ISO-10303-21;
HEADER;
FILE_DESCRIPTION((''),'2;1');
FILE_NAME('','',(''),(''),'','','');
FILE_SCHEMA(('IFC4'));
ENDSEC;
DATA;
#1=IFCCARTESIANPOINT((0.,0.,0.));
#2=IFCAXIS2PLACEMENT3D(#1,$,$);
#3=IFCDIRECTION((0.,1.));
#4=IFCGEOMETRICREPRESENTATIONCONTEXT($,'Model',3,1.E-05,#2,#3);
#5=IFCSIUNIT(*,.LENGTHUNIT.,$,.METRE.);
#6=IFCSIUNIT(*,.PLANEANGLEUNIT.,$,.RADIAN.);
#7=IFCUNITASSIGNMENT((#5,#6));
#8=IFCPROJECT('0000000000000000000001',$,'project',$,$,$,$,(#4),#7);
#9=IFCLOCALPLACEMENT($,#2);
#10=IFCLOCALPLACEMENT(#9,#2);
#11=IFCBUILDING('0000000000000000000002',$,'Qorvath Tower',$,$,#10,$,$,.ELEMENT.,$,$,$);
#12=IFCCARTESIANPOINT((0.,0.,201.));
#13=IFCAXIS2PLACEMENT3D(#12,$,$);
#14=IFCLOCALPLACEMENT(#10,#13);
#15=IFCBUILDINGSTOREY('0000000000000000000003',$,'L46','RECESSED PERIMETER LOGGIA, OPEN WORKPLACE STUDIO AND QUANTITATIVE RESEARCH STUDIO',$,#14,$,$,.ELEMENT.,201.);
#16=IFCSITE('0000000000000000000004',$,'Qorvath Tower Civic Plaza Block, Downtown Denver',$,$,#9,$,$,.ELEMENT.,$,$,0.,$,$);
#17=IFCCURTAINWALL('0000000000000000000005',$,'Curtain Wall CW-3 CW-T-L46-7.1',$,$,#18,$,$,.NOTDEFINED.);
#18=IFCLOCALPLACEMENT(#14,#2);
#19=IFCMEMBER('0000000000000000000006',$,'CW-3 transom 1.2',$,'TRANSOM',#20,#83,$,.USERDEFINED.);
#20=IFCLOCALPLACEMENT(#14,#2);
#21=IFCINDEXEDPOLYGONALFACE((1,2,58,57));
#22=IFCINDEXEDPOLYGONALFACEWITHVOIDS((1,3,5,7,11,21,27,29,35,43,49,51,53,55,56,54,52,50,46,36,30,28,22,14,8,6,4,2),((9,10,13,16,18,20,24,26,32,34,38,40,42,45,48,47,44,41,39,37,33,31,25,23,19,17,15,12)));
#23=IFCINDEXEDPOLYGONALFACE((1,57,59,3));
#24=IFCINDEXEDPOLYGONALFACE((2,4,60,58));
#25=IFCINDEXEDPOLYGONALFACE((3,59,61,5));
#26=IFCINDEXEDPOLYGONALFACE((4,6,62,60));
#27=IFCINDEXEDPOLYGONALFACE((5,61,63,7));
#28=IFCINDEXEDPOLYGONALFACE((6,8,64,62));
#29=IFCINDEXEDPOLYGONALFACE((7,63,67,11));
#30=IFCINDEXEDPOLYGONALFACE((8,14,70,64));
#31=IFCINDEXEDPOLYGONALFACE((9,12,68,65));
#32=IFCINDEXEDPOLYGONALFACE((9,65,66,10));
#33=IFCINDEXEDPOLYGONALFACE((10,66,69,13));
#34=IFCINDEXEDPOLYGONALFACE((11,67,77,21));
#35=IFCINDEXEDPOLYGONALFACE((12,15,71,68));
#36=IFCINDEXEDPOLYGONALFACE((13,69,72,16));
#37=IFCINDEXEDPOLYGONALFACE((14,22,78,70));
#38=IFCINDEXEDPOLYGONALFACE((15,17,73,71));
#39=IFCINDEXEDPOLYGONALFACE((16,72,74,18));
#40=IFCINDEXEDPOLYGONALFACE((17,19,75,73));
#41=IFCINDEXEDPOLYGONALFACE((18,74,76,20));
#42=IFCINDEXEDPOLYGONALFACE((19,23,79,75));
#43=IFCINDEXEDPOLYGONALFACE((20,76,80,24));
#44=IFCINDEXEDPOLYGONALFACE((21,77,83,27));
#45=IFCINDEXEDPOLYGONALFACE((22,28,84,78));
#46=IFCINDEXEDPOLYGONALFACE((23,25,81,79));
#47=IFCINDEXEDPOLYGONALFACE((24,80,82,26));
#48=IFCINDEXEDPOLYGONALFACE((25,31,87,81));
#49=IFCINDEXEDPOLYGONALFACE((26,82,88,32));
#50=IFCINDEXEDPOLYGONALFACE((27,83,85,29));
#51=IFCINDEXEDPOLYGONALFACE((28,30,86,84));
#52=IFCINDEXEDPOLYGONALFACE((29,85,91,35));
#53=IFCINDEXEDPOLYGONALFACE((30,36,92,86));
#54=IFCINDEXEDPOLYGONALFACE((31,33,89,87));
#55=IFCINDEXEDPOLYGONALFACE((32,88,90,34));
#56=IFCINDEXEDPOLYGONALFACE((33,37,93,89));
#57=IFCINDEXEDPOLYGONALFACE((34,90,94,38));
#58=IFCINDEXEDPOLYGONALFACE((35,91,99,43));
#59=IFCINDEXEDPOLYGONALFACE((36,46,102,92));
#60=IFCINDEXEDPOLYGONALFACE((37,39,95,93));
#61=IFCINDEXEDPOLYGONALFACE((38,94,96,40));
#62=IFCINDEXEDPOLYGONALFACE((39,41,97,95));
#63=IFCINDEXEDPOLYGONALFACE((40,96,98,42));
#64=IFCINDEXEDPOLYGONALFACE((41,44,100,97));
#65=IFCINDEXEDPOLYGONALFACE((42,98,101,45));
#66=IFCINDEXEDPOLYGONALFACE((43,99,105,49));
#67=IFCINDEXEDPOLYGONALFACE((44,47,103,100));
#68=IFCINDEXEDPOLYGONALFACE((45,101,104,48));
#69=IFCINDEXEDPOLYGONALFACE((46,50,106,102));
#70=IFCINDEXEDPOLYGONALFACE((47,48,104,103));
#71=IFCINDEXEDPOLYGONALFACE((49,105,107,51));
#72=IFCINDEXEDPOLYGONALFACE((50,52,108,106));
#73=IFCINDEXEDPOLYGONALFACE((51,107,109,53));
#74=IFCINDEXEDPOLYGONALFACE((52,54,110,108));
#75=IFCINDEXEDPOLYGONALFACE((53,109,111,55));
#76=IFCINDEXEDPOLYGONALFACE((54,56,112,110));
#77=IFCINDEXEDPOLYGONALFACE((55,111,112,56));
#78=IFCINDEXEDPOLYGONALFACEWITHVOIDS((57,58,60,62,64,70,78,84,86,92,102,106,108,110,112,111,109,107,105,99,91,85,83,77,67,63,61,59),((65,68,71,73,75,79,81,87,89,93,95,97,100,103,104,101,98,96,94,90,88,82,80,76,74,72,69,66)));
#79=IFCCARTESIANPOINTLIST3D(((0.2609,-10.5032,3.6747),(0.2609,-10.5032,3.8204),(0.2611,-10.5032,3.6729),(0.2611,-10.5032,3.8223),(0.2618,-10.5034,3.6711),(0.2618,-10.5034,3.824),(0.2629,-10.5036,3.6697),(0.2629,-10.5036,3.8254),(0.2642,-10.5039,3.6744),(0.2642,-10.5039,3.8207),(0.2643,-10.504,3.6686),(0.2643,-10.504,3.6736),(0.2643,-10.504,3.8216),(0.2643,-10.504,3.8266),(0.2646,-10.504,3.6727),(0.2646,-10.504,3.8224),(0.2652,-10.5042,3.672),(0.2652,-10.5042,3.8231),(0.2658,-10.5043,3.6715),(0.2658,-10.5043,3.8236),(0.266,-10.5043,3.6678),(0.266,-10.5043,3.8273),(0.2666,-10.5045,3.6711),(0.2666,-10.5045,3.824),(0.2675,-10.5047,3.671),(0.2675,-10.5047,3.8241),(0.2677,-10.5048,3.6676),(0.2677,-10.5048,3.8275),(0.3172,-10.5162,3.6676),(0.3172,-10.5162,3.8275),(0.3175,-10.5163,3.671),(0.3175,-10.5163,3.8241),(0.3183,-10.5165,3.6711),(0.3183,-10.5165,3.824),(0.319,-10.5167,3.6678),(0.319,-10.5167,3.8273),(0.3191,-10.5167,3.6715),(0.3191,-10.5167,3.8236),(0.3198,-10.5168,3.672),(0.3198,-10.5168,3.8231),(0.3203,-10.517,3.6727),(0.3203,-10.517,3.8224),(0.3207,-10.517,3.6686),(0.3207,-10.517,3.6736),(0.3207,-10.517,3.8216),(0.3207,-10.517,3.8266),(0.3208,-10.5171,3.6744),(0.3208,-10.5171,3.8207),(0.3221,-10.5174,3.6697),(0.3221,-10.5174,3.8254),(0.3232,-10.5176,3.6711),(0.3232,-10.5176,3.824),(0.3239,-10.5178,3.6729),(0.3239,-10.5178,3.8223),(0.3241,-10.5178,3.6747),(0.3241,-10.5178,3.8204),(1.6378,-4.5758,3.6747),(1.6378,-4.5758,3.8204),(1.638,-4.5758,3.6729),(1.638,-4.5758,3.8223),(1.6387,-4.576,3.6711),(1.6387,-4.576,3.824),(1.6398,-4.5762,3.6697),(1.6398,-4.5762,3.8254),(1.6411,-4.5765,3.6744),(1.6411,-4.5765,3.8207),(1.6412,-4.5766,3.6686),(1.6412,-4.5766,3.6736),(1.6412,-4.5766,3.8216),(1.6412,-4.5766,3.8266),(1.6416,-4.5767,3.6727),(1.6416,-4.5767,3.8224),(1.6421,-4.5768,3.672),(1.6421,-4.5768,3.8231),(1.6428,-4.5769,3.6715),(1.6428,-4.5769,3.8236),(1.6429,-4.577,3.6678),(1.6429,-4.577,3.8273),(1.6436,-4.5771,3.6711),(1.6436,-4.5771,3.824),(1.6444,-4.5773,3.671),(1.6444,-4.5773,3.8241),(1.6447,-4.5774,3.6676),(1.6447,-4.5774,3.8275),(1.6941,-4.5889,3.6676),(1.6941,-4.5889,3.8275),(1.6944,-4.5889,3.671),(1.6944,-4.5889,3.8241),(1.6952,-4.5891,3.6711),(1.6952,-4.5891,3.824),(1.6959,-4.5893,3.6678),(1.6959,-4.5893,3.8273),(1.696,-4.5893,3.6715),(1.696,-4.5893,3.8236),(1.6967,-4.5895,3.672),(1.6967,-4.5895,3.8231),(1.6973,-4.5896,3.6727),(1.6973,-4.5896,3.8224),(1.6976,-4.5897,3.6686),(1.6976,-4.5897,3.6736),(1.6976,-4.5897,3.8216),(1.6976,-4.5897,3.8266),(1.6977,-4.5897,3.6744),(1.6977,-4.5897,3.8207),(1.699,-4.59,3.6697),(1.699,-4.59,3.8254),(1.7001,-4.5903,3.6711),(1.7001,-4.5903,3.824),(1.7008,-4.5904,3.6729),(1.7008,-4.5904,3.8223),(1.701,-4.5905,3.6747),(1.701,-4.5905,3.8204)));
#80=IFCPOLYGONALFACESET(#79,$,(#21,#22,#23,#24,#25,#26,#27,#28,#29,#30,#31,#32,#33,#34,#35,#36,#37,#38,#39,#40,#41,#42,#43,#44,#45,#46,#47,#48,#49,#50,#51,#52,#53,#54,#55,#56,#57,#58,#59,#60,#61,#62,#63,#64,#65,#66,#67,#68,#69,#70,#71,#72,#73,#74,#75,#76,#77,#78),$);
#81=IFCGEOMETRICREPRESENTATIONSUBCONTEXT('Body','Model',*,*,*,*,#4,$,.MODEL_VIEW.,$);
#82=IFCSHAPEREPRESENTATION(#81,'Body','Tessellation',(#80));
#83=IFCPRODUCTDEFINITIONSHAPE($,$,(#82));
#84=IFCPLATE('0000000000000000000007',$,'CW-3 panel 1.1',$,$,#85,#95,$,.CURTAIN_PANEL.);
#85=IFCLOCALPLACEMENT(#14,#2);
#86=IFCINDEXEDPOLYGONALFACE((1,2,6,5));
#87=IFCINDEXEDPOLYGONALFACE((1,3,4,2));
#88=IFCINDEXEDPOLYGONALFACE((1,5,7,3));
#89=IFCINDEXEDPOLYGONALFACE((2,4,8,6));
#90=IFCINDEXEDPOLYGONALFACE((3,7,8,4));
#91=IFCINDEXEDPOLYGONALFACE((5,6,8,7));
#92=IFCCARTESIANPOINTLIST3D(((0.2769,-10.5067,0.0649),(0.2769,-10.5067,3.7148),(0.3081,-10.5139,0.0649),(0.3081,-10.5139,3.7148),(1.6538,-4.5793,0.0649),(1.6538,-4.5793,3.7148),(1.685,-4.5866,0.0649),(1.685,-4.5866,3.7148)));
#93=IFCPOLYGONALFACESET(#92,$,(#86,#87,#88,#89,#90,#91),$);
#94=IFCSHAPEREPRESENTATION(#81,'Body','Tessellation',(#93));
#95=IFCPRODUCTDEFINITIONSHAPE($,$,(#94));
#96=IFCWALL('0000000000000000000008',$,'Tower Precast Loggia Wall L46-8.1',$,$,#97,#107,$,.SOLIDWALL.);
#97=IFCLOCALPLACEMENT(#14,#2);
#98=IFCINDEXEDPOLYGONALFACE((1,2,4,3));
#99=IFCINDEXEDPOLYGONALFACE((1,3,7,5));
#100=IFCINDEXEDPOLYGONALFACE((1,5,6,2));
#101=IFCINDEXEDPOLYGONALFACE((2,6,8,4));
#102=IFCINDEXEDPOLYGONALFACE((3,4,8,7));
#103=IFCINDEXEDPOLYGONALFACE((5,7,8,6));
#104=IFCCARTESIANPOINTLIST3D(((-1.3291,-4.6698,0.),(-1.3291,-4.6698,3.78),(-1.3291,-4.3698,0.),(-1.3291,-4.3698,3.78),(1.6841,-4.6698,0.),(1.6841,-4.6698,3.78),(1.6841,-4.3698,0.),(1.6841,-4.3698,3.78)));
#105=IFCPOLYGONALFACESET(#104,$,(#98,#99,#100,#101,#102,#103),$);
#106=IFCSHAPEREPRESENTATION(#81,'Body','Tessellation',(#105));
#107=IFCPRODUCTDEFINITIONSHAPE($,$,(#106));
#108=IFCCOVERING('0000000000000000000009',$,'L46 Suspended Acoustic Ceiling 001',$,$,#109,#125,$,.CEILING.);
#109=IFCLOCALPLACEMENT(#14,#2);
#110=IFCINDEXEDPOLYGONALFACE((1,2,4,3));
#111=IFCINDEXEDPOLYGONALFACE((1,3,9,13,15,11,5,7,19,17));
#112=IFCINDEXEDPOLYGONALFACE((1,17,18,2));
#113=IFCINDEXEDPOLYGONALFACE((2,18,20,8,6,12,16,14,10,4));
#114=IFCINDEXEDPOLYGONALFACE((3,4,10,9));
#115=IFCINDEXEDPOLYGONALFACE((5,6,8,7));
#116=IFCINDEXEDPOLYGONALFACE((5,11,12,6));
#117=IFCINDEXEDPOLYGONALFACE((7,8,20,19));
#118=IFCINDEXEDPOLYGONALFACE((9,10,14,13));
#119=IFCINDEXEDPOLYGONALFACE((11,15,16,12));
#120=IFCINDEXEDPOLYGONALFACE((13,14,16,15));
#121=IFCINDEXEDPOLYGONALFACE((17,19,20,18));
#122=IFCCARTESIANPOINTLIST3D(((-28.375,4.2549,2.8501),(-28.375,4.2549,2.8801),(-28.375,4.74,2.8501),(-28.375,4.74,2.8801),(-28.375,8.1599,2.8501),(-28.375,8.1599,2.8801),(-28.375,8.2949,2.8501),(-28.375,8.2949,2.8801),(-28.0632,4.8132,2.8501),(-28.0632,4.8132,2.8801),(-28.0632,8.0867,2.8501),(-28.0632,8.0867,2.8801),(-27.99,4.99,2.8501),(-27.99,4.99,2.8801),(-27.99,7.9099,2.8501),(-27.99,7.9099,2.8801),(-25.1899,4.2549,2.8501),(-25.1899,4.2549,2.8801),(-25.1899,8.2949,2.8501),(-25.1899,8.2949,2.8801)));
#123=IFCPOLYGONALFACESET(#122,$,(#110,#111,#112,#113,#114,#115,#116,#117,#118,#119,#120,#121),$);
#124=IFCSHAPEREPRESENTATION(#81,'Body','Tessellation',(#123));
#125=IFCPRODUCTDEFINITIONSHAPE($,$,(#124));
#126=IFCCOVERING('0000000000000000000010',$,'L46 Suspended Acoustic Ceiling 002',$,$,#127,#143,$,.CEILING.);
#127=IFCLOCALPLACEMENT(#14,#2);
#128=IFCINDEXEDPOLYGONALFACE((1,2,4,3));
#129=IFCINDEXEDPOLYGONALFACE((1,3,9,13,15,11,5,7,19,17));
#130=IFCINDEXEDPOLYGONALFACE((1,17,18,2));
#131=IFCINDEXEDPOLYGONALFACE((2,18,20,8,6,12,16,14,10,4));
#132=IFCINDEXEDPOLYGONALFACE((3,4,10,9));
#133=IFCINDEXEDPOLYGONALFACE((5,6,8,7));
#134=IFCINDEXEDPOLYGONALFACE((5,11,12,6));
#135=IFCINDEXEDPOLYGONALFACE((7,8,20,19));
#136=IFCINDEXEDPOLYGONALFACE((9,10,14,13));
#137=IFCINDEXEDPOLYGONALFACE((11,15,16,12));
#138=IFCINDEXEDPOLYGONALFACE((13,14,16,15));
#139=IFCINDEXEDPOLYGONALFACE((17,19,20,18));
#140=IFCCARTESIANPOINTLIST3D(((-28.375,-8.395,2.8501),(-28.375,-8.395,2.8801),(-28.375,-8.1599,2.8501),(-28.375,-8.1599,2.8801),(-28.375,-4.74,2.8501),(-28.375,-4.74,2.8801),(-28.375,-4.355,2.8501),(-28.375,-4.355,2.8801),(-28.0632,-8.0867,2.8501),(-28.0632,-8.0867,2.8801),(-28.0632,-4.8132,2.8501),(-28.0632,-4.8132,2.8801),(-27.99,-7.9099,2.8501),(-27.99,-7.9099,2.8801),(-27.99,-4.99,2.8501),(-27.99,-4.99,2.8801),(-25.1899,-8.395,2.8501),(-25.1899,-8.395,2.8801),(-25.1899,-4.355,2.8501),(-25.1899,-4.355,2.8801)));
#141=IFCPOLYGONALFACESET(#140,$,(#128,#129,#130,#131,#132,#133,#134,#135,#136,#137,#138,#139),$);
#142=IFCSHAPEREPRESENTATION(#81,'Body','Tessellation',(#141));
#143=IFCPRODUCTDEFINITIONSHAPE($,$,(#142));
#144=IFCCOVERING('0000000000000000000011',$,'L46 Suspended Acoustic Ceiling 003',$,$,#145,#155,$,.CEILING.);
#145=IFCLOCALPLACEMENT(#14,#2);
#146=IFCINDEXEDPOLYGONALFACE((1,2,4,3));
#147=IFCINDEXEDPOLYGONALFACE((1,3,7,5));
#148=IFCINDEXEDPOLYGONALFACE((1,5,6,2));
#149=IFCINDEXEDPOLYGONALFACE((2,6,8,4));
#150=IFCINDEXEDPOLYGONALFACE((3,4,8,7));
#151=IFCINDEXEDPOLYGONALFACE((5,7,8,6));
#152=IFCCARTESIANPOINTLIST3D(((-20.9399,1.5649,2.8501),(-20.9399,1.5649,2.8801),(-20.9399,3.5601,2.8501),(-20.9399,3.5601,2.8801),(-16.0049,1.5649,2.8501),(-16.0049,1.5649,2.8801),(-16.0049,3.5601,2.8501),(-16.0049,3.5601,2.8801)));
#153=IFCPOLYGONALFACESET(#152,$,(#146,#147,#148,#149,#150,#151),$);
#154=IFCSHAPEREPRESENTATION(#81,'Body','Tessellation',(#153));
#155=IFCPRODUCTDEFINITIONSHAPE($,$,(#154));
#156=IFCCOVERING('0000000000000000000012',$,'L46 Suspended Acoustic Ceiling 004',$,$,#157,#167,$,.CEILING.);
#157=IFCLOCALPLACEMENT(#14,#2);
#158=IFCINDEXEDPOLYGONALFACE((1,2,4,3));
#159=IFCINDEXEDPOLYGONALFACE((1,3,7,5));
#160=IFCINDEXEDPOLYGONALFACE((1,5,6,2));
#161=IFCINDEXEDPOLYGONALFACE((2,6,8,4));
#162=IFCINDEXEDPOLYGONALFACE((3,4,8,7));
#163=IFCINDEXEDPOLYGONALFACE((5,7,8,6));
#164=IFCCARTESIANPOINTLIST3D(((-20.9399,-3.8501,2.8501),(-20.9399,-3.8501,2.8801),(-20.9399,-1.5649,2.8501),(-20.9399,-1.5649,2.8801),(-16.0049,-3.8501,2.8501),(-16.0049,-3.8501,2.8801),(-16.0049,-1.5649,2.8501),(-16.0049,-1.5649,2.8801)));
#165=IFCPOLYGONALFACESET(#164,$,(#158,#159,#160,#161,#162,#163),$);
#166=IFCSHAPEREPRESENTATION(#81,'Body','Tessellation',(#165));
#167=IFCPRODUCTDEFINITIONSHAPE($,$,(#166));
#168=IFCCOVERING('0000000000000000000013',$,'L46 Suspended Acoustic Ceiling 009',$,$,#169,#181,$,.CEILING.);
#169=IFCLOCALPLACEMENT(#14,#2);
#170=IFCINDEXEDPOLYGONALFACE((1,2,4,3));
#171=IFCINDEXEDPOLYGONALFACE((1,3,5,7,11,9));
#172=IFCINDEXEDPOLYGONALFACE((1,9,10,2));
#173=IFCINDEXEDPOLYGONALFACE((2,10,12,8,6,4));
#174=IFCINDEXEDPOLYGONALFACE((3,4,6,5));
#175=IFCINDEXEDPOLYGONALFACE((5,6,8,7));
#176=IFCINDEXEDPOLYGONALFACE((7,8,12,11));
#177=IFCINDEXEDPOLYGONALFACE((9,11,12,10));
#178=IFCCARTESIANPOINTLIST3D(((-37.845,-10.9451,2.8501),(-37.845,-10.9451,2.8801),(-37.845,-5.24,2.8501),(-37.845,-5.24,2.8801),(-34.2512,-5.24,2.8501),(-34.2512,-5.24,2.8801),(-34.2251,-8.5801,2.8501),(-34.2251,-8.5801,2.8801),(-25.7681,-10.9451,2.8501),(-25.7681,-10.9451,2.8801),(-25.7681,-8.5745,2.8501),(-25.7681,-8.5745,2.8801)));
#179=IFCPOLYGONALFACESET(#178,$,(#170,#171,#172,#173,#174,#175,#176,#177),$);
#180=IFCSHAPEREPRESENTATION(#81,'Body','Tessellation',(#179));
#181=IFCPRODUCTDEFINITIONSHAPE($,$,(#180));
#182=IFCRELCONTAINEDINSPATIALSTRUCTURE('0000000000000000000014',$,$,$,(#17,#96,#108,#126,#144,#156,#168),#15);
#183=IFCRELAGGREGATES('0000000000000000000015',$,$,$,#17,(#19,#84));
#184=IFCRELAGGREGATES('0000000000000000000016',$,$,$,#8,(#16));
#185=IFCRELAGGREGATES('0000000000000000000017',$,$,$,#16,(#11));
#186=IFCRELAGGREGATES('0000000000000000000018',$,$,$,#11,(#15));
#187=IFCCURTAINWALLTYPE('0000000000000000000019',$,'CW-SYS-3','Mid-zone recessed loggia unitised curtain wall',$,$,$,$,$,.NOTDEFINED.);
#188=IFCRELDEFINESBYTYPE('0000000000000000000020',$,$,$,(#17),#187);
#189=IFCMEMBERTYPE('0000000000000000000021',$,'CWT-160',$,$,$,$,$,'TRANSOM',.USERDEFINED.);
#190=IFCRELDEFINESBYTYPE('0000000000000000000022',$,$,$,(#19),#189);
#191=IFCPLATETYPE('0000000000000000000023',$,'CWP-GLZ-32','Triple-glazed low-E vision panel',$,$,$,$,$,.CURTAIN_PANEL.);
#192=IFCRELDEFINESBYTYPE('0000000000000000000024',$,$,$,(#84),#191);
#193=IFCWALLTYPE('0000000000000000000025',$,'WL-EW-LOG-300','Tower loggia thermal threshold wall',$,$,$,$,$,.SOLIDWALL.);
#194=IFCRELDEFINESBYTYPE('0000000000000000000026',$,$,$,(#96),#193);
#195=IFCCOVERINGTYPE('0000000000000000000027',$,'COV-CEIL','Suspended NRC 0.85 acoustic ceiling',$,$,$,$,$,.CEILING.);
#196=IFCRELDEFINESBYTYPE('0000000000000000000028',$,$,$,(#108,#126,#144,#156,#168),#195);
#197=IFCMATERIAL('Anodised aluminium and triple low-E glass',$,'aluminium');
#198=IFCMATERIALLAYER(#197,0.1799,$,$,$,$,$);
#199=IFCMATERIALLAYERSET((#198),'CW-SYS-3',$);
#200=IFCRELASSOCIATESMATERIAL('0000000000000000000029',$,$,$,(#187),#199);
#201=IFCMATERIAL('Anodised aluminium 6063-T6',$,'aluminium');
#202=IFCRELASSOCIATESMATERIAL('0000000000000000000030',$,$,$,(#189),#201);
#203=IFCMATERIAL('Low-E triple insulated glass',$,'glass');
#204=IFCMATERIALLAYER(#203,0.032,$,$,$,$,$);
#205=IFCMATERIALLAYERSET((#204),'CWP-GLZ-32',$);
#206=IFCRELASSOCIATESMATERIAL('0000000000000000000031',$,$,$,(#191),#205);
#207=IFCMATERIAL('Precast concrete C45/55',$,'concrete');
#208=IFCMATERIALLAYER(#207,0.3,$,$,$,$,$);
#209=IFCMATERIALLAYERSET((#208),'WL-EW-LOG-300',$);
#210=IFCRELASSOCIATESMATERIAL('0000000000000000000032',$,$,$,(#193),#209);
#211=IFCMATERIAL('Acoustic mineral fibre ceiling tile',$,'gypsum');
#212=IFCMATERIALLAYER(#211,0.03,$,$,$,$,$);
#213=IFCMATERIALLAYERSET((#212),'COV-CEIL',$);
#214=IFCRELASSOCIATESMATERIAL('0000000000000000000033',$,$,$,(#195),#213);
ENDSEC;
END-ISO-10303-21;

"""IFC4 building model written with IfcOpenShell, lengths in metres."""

from ifc_helpers import new_model, si_unit, direction, frame, frame_2d, origin, origin_2d, place, context, subcontext, project, spatial, polyline, rectangle, hollow_rectangle, outline, extrude, material, layer, layer_set, material_profile, profile_set, type_object, element, aggregate, save


model = new_model("IFC4")

# Units and contexts
model_context = context("Model", 3, precision=1e-05, world=origin(), true_north=direction((0.0, 1.0)))
body_context = subcontext(model_context, "Body", "Model", "MODEL_VIEW")
ifc_project = project(units=[si_unit("LENGTHUNIT", "METRE"), si_unit("PLANEANGLEUNIT", "RADIAN")], contexts=[model_context])

# Site, building, storey
site_placement = place(None, origin())
site = spatial("IfcSite", under=ifc_project, at=site_placement, Name="Qorvath Tower Civic Plaza Block, Downtown Denver", CompositionType="ELEMENT", RefElevation=0.0)
building_placement = place(site_placement, origin())
building = spatial("IfcBuilding", under=site, at=building_placement, Name="Qorvath Tower", CompositionType="ELEMENT")
storey_placement = place(building_placement, frame((0.0, 0.0, 201.0)))
storey = spatial("IfcBuildingStorey", under=building, at=storey_placement, Name="L46", Description="RECESSED PERIMETER LOGGIA, OPEN WORKPLACE STUDIO AND QUANTITATIVE RESEARCH STUDIO", CompositionType="ELEMENT", Elevation=201.0)

# Curtain wall, member, plate
ifc_material_1 = material(Name="Anodised aluminium and triple low-E glass", Category="aluminium")
ifc_layer_1 = layer(ifc_material_1, 0.1799)
ifc_layer_set_1 = layer_set([ifc_layer_1], Name="CW-SYS-3")
curtain_wall_type = type_object("IfcCurtainWallType", Name="CW-SYS-3", Description="Mid-zone recessed loggia unitised curtain wall", PredefinedType="NOTDEFINED", material=ifc_layer_set_1)
curtain_wall_placement = place(storey_placement, origin())
curtain_wall = element("IfcCurtainWall", 1, at=curtain_wall_placement, inside=storey, type_object=curtain_wall_type, Name="Curtain Wall CW-3 CW-T-L46-7.1", PredefinedType="NOTDEFINED")
ifc_material_2 = material(Name="Anodised aluminium 6063-T6", Category="aluminium")
ifc_material_profile_1 = material_profile(ifc_material_2, hollow_rectangle(XDim=0.0649, YDim=0.1599, WallThickness=0.0034, InnerFilletRadius=0.0034, OuterFilletRadius=0.0071, at=origin_2d()), Name="CWT 160x65")
ifc_profile_set_1 = profile_set([ifc_material_profile_1], Name="Anodised aluminium 6063-T6")
member_type_1 = type_object("IfcMemberType", Name="CWT-160", ElementType="TRANSOM", PredefinedType="USERDEFINED", material=ifc_profile_set_1)
member_1_placement = place(storey_placement, frame((0.2925, -10.5105, 3.7476), z_axis=(0.226274, 0.974064, 0.0), x_axis=(-0.974064, 0.226274, 0.0)))
member_1 = element("IfcMember", 2, at=member_1_placement, type_object=member_type_1, Name="CW-3 transom 1.2", ObjectType="TRANSOM", PredefinedType="USERDEFINED", context=body_context, shape_type="SweptSolid", body=[
    extrude(hollow_rectangle(XDim=0.0649, YDim=0.1599, WallThickness=0.0034, InnerFilletRadius=0.0034, OuterFilletRadius=0.0071, at=origin_2d()), origin(), (0.0, 0.0, 1.0), 6.0852),
])
ifc_material_3 = material(Name="Low-E triple insulated glass", Category="glass")
ifc_layer_2 = layer(ifc_material_3, 0.032)
ifc_layer_set_2 = layer_set([ifc_layer_2], Name="CWP-GLZ-32")
plate_type = type_object("IfcPlateType", Name="CWP-GLZ-32", Description="Triple-glazed low-E vision panel", PredefinedType="CURTAIN_PANEL", material=ifc_layer_set_2)
plate_placement = place(storey_placement, frame((0.981, -7.5466, 0.0649), z_axis=(0.0, 0.0, 1.0), x_axis=(0.226272, 0.974064, 0.0)))
plate = element("IfcPlate", 3, at=plate_placement, type_object=plate_type, Name="CW-3 panel 1.1", PredefinedType="CURTAIN_PANEL", context=body_context, shape_type="SweptSolid", body=[
    extrude(rectangle(XDim=6.0852, YDim=0.032, at=origin_2d()), origin(), (0.0, 0.0, 1.0), 3.6499),
])
aggregate(curtain_wall, [member_1, plate])

# Wall
ifc_material_4 = material(Name="Precast concrete C45/55", Category="concrete")
ifc_layer_3 = layer(ifc_material_4, 0.3)
ifc_layer_set_3 = layer_set([ifc_layer_3], Name="WL-EW-LOG-300")
wall_type = type_object("IfcWallType", Name="WL-EW-LOG-300", Description="Tower loggia thermal threshold wall", PredefinedType="SOLIDWALL", material=ifc_layer_set_3)
wall_placement = place(storey_placement, frame((1.6841, -4.5198, 0.0), z_axis=(0.0, 0.0, 1.0), x_axis=(-1.0, 0.0, 0.0)))
element("IfcWall", 4, at=wall_placement, inside=storey, type_object=wall_type, Name="Tower Precast Loggia Wall L46-8.1", PredefinedType="SOLIDWALL", context=body_context, shape_type="SweptSolid", body=[
    extrude(rectangle(XDim=3.0132, YDim=0.3, at=frame_2d((1.5066, 0.0))), origin(), (0.0, 0.0, 1.0), 3.78),
])

# Coverings
ifc_material_5 = material(Name="Acoustic mineral fibre ceiling tile", Category="gypsum")
ifc_layer_4 = layer(ifc_material_5, 0.03)
ifc_layer_set_4 = layer_set([ifc_layer_4], Name="COV-CEIL")
covering_type_1 = type_object("IfcCoveringType", Name="COV-CEIL", Description="Suspended NRC 0.85 acoustic ceiling", PredefinedType="CEILING", material=ifc_layer_set_4)
covering_1_placement = place(storey_placement, frame((0.0, 0.0, 2.8501)))
element("IfcCovering", 5, at=covering_1_placement, inside=storey, type_object=covering_type_1, Name="L46 Suspended Acoustic Ceiling 001", PredefinedType="CEILING", context=body_context, shape_type="SweptSolid", body=[
    extrude(outline(polyline([(-25.1899, 4.2549), (-25.1899, 8.2949), (-28.375, 8.2949), (-28.375, 8.1599), (-28.0632, 8.0867), (-27.99, 7.9099), (-27.99, 4.99), (-28.0632, 4.8132), (-28.375, 4.74), (-28.375, 4.2549), (-25.1899, 4.2549)])), origin(), (0.0, 0.0, 1.0), 0.03),
])
covering_2_placement = place(storey_placement, frame((0.0, 0.0, 2.8501)))
element("IfcCovering", 6, at=covering_2_placement, inside=storey, type_object=covering_type_1, Name="L46 Suspended Acoustic Ceiling 002", PredefinedType="CEILING", context=body_context, shape_type="SweptSolid", body=[
    extrude(outline(polyline([(-25.1899, -8.395), (-25.1899, -4.355), (-28.375, -4.355), (-28.375, -4.74), (-28.0632, -4.8132), (-27.99, -4.99), (-27.99, -7.9099), (-28.0632, -8.0867), (-28.375, -8.1599), (-28.375, -8.395), (-25.1899, -8.395)])), origin(), (0.0, 0.0, 1.0), 0.03),
])
covering_3_placement = place(storey_placement, frame((0.0, 0.0, 2.8501)))
element("IfcCovering", 7, at=covering_3_placement, inside=storey, type_object=covering_type_1, Name="L46 Suspended Acoustic Ceiling 003", PredefinedType="CEILING", context=body_context, shape_type="SweptSolid", body=[
    extrude(outline(polyline([(-16.0049, 3.5601), (-20.9399, 3.5601), (-20.9399, 1.5649), (-16.0049, 1.5649), (-16.0049, 3.5601)])), origin(), (0.0, 0.0, 1.0), 0.03),
])
covering_4_placement = place(storey_placement, frame((0.0, 0.0, 2.8501)))
element("IfcCovering", 8, at=covering_4_placement, inside=storey, type_object=covering_type_1, Name="L46 Suspended Acoustic Ceiling 004", PredefinedType="CEILING", context=body_context, shape_type="SweptSolid", body=[
    extrude(outline(polyline([(-20.9399, -1.5649), (-20.9399, -3.8501), (-16.0049, -3.8501), (-16.0049, -1.5649), (-20.9399, -1.5649)])), origin(), (0.0, 0.0, 1.0), 0.03),
])
covering_5_placement = place(storey_placement, frame((0.0, 0.0, 2.8501)))
element("IfcCovering", 9, at=covering_5_placement, inside=storey, type_object=covering_type_1, Name="L46 Suspended Acoustic Ceiling 009", PredefinedType="CEILING", context=body_context, shape_type="SweptSolid", body=[
    extrude(outline(polyline([(-34.2251, -8.5801), (-34.2512, -5.24), (-37.845, -5.24), (-37.845, -10.9451), (-25.7681, -10.9451), (-25.7681, -8.5745), (-34.2251, -8.5801)])), origin(), (0.0, 0.0, 1.0), 0.03),
])

save(model, "model.ifc")
